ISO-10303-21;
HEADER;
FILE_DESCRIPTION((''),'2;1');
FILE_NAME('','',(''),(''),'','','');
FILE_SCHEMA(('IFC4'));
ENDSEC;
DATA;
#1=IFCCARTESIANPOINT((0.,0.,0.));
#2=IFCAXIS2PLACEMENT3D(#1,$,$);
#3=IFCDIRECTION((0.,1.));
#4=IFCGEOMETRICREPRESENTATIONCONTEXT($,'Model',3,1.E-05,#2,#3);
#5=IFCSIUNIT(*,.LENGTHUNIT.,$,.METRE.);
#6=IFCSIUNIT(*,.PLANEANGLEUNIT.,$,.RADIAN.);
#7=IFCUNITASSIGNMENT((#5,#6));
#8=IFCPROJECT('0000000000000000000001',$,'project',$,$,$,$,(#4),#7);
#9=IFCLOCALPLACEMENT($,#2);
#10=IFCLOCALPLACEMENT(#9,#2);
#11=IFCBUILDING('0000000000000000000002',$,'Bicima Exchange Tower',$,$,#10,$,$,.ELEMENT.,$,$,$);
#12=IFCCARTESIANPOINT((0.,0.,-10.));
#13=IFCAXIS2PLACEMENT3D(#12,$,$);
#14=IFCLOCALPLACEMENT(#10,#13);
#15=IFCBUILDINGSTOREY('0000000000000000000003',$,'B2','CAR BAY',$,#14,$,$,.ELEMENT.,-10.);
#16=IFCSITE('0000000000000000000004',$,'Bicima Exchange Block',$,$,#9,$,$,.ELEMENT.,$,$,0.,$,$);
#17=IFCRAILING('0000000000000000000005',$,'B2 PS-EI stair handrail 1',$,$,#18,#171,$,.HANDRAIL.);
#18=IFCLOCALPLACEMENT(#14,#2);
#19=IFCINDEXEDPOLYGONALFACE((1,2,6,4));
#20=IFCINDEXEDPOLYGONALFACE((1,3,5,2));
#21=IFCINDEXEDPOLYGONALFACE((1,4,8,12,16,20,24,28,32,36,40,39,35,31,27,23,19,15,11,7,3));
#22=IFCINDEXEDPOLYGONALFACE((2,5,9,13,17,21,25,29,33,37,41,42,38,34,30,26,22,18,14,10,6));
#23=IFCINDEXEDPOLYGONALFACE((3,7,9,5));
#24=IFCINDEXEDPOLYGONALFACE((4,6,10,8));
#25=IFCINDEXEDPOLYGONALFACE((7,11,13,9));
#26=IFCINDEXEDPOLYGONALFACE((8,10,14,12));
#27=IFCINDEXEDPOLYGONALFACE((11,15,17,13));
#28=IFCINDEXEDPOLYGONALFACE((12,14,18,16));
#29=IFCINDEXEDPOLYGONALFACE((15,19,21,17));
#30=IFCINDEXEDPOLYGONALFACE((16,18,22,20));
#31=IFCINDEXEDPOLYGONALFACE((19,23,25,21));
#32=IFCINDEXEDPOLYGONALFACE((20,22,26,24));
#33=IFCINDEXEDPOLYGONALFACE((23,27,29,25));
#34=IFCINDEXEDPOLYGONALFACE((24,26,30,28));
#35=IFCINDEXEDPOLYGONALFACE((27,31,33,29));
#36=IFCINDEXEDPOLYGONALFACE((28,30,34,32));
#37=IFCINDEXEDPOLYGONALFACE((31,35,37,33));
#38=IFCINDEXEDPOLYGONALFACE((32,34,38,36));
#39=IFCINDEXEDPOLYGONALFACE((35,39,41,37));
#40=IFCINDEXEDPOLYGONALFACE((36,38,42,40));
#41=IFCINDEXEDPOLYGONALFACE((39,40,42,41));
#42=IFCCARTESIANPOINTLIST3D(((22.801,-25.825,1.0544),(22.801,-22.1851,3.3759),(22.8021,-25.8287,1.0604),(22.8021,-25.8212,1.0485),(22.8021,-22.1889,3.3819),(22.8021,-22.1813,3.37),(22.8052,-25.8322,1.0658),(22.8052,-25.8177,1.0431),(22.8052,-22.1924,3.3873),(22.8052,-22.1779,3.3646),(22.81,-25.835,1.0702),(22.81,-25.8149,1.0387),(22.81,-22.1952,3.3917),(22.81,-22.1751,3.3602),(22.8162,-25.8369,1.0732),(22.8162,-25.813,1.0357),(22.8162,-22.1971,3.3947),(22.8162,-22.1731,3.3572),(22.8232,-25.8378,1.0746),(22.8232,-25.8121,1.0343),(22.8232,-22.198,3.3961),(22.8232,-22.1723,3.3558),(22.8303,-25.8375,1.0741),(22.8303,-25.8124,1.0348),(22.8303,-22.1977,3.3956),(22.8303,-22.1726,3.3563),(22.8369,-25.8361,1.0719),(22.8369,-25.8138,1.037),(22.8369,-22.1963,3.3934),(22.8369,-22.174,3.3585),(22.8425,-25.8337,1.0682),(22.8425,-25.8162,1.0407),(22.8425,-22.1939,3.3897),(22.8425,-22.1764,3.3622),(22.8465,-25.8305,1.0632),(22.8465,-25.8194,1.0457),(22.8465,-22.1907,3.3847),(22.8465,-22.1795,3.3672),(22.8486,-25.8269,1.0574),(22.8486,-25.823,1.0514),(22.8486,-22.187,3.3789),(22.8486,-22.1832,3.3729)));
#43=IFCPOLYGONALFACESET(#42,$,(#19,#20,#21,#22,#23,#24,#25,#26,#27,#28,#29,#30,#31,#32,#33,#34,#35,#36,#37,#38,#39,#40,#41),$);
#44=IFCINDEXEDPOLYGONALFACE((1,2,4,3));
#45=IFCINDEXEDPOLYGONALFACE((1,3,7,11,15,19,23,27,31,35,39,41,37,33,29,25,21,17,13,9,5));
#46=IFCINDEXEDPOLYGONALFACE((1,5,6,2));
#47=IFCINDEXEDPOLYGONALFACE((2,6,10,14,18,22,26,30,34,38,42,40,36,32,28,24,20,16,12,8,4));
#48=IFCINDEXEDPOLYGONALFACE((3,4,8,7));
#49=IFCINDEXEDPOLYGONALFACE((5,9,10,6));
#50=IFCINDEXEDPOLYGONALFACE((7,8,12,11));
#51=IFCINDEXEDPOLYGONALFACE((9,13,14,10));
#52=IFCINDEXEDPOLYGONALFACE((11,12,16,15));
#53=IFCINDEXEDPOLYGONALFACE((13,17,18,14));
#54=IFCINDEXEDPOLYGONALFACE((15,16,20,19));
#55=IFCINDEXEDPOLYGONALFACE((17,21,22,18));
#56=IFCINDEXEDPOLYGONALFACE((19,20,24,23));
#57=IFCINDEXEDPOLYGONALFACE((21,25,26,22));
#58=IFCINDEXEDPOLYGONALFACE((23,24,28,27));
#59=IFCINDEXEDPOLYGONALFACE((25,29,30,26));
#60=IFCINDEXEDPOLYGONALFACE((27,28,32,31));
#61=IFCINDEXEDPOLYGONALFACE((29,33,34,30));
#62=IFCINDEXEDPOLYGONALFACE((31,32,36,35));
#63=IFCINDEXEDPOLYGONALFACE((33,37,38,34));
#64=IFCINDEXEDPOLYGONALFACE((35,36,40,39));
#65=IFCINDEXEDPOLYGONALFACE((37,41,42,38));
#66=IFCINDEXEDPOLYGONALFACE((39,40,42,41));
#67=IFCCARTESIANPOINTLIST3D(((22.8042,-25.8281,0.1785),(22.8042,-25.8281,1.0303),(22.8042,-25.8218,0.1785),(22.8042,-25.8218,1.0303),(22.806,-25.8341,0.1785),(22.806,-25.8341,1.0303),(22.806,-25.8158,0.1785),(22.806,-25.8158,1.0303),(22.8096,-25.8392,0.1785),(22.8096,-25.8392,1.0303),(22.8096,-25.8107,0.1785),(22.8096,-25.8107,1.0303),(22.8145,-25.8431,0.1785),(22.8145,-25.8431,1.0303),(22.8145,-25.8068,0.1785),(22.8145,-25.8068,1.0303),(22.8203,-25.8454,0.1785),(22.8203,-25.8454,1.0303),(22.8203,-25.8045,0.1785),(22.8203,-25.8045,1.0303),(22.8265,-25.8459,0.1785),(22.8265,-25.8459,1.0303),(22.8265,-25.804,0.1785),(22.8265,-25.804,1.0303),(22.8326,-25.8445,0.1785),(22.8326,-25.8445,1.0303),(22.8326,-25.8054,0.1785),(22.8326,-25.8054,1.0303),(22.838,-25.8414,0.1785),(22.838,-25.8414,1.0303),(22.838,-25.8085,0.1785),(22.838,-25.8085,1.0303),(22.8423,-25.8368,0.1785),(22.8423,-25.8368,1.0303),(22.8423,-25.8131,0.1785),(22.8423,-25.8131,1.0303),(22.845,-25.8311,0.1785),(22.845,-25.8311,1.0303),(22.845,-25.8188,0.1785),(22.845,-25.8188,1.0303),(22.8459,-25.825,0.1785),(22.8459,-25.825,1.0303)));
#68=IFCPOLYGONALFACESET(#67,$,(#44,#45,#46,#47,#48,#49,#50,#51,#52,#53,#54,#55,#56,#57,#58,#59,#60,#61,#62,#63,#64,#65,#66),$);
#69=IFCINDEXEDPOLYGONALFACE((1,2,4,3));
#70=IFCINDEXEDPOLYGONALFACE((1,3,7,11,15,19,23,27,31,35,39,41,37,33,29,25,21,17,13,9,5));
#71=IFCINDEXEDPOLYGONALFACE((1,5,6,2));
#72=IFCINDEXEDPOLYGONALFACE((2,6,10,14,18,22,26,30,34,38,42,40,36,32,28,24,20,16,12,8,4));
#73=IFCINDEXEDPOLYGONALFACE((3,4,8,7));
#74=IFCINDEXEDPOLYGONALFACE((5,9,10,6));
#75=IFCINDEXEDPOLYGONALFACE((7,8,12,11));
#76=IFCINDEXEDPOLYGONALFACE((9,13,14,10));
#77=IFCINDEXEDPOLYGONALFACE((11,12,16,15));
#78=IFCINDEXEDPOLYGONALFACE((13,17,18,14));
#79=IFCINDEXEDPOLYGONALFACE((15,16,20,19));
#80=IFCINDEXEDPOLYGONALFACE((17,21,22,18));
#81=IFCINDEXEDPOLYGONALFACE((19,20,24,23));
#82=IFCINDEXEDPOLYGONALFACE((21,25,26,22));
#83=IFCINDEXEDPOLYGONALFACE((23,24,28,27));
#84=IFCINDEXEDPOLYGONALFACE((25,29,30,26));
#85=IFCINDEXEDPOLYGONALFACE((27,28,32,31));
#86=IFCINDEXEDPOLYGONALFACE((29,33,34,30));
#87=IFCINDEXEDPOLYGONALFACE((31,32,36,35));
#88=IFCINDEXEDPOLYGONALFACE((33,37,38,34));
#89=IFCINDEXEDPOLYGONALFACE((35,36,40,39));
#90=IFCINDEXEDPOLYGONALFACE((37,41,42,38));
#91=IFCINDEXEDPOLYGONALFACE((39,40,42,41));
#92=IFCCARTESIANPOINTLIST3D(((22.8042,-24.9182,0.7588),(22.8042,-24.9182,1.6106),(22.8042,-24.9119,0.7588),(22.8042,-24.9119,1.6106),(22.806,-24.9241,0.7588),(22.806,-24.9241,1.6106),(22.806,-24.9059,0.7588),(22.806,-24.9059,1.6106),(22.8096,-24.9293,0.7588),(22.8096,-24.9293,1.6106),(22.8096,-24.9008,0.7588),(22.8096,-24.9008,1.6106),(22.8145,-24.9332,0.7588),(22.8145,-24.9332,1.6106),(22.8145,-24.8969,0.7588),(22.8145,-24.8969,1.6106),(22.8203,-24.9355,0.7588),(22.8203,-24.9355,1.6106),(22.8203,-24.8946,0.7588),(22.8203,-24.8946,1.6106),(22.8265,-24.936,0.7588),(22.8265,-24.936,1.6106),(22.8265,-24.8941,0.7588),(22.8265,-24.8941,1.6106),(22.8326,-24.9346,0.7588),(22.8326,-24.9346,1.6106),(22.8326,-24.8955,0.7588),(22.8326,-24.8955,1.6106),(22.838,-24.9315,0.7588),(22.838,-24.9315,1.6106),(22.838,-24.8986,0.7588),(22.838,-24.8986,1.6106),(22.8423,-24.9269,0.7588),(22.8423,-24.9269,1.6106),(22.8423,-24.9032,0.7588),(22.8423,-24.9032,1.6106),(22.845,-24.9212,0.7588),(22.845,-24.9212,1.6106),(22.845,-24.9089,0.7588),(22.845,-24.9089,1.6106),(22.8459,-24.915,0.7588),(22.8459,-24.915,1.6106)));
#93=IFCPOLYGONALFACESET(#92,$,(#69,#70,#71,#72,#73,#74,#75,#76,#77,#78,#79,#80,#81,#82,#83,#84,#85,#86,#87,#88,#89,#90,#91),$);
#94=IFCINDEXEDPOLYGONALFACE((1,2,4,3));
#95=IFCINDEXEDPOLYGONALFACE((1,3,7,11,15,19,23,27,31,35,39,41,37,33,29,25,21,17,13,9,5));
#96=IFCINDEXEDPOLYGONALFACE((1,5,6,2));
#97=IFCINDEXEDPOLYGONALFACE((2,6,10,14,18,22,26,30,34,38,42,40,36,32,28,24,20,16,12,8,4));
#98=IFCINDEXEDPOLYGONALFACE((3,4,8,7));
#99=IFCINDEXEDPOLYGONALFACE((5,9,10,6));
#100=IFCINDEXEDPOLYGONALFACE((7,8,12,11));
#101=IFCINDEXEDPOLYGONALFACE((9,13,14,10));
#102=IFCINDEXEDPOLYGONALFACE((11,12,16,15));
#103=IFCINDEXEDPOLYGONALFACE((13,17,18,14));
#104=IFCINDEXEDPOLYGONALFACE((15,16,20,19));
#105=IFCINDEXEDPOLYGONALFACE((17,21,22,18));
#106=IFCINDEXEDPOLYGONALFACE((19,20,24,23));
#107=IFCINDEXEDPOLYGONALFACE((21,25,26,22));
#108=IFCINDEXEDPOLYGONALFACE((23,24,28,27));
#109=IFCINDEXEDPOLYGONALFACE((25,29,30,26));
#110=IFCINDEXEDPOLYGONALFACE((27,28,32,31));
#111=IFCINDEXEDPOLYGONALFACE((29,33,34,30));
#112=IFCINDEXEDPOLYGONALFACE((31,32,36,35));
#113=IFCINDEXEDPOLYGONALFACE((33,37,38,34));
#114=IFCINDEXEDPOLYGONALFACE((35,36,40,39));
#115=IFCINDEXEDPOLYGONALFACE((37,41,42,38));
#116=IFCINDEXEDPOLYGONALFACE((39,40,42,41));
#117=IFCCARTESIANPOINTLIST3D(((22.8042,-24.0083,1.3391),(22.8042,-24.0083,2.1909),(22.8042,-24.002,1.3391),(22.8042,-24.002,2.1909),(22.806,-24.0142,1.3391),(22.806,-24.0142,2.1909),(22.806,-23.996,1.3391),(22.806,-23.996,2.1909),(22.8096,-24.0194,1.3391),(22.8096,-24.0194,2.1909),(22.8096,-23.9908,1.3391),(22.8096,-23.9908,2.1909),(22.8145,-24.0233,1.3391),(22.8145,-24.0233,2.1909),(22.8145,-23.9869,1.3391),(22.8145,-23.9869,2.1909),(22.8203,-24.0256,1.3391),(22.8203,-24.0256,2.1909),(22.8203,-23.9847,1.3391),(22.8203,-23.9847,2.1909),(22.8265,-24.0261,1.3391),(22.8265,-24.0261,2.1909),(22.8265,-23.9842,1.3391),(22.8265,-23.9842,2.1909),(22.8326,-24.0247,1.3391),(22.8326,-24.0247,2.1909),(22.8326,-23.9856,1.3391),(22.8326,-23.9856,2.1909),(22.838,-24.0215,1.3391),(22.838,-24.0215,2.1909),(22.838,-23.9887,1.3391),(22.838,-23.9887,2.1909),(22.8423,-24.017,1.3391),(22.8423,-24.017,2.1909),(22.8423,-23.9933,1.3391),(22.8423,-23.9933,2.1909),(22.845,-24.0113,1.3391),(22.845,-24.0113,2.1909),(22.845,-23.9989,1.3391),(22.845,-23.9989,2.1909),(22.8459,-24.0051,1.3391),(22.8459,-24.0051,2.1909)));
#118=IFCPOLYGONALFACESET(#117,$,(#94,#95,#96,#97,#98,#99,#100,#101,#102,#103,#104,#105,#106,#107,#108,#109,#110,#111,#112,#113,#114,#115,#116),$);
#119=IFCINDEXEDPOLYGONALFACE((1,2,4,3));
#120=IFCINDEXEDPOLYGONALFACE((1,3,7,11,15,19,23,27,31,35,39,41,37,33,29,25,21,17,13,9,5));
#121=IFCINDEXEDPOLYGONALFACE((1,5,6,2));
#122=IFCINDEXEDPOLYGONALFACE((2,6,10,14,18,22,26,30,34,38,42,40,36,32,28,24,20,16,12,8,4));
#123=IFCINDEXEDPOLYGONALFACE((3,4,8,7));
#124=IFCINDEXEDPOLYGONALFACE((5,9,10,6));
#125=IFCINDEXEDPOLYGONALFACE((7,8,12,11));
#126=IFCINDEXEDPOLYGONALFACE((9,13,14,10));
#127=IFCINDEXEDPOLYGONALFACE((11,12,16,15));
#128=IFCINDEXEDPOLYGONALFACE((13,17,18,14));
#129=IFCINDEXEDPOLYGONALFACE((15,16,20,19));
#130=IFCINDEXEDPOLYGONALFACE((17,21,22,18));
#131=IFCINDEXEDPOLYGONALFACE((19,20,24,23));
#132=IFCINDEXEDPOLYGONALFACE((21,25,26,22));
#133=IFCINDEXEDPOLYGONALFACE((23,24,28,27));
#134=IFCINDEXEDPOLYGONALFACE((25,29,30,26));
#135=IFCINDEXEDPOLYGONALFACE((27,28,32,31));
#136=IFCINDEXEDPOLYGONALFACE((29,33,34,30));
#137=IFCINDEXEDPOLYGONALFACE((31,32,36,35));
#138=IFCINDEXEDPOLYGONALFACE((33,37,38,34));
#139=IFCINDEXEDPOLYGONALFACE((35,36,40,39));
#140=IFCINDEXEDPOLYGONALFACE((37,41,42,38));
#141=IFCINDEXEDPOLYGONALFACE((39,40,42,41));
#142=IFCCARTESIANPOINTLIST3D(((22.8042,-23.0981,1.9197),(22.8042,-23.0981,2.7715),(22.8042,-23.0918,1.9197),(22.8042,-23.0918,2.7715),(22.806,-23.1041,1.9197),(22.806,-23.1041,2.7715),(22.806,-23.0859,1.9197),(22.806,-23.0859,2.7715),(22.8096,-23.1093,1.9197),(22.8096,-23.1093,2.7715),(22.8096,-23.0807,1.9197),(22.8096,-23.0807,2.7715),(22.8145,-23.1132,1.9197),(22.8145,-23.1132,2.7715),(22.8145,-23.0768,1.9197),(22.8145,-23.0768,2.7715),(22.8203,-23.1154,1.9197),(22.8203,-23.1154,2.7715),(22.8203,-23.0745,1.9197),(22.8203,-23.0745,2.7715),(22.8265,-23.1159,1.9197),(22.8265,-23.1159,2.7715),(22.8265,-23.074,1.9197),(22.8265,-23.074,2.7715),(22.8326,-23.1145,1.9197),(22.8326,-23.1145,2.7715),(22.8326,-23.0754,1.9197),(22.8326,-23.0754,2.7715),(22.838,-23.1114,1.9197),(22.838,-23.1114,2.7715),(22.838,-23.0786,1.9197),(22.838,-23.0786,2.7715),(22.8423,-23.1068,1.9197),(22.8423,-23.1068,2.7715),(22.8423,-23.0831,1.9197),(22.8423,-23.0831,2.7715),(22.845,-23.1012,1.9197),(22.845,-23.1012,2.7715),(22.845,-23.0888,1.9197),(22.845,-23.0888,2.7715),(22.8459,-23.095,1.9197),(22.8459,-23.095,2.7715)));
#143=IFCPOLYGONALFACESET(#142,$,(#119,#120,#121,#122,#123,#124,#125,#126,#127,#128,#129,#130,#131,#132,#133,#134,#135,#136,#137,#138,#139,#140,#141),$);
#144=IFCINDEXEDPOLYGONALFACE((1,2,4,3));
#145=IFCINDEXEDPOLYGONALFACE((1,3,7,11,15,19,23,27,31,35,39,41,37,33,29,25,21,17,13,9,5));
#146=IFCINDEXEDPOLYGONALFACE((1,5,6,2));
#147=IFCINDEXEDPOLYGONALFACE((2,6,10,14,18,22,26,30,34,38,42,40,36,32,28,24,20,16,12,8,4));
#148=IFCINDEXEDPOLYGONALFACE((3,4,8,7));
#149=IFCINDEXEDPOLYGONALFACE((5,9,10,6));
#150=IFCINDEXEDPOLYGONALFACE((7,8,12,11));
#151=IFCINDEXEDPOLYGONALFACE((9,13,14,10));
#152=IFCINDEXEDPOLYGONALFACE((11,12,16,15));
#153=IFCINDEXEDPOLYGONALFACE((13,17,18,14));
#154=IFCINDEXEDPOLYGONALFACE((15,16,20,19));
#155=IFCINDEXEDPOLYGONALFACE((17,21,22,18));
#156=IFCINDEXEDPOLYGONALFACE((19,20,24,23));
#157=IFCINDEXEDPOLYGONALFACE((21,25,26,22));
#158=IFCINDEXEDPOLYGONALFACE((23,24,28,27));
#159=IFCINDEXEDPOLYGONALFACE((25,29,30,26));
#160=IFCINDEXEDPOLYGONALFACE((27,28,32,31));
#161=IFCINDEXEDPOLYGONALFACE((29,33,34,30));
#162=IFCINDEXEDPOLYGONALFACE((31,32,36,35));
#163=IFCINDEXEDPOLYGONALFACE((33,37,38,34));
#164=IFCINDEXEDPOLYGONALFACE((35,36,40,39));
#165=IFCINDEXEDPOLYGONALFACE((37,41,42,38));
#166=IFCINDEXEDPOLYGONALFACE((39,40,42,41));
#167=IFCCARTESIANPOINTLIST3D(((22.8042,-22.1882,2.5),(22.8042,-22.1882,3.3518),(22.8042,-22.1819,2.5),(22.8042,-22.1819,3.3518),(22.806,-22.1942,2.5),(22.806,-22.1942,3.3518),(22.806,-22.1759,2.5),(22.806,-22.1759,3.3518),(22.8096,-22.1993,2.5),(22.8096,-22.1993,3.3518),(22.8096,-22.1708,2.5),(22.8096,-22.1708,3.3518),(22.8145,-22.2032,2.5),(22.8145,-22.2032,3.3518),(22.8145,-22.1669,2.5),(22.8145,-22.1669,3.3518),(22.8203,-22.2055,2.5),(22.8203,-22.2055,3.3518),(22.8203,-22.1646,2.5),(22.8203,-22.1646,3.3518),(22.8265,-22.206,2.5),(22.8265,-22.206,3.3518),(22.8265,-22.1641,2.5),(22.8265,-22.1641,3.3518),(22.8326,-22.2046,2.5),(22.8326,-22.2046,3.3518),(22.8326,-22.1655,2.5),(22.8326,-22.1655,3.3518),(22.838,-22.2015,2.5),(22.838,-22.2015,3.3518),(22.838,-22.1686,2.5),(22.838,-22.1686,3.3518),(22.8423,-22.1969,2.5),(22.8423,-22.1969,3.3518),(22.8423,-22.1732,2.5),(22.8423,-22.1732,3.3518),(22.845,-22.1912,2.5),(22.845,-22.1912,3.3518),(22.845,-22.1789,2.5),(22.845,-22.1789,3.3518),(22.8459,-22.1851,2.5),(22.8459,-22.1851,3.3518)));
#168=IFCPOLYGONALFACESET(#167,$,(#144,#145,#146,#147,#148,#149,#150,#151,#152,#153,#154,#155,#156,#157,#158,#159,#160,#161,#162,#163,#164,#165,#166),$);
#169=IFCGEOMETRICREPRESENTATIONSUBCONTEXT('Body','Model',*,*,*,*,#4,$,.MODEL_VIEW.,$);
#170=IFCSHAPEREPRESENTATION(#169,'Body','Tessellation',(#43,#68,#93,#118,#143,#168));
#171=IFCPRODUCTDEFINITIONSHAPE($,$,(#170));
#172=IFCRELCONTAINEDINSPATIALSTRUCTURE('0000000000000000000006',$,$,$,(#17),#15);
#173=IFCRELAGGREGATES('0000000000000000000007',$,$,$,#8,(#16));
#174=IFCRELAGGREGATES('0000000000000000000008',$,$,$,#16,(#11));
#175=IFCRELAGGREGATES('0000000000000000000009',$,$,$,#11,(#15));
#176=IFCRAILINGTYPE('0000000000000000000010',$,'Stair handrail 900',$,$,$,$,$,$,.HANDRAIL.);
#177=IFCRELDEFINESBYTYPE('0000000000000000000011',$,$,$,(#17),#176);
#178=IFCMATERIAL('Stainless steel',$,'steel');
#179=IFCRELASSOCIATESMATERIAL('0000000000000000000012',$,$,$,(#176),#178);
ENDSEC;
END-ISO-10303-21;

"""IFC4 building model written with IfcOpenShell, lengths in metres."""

from ifc_helpers import new_model, si_unit, direction, frame, origin, origin_2d, place, context, subcontext, project, spatial, circle, extrude, material, type_object, element, save


model = new_model("IFC4")

# Units and contexts
model_context = context("Model", 3, precision=1e-05, world=origin(), true_north=direction((0.0, 1.0)))
body_context = subcontext(model_context, "Body", "Model", "MODEL_VIEW")
ifc_project = project(units=[si_unit("LENGTHUNIT", "METRE"), si_unit("PLANEANGLEUNIT", "RADIAN")], contexts=[model_context])

# Site, building, storey
site_placement = place(None, origin())
site = spatial("IfcSite", under=ifc_project, at=site_placement, Name="Bicima Exchange Block", CompositionType="ELEMENT", RefElevation=0.0)
building_placement = place(site_placement, origin())
building = spatial("IfcBuilding", under=site, at=building_placement, Name="Bicima Exchange Tower", CompositionType="ELEMENT")
storey_placement = place(building_placement, frame((0.0, 0.0, -10.0)))
storey = spatial("IfcBuildingStorey", under=building, at=storey_placement, Name="B2", Description="CAR BAY", CompositionType="ELEMENT", Elevation=-10.0)

# Railing
ifc_material_1 = material(Name="Stainless steel", Category="steel")
railing_type_1 = type_object("IfcRailingType", Name="Stair handrail 900", PredefinedType="HANDRAIL", material=ifc_material_1)
railing_1_placement = place(storey_placement, frame((22.825, -25.825, 0.1785)))
element("IfcRailing", 1, at=railing_1_placement, inside=storey, type_object=railing_type_1, Name="B2 PS-EI stair handrail 1", PredefinedType="HANDRAIL", context=body_context, shape_type="SweptSolid", body=[
    extrude(circle(Radius=0.0239, at=origin_2d()), frame((0.0, 0.0, 0.876), z_axis=(0.0, 0.843112, 0.537739), x_axis=(-1.0, 0.0, 0.0)), (0.0, 0.0, 1.0), 4.3171),
    extrude(circle(Radius=0.021, at=origin_2d()), origin(), (0.0, 0.0, 1.0), 0.8518),
    extrude(circle(Radius=0.021, at=origin_2d()), frame((0.0, 0.9099, 0.5803)), (0.0, 0.0, 1.0), 0.8518),
    extrude(circle(Radius=0.021, at=origin_2d()), frame((0.0, 1.8198, 1.1606)), (0.0, 0.0, 1.0), 0.8518),
    extrude(circle(Radius=0.021, at=origin_2d()), frame((0.0, 2.73, 1.7412)), (0.0, 0.0, 1.0), 0.8518),
    extrude(circle(Radius=0.021, at=origin_2d()), frame((0.0, 3.6399, 2.3215)), (0.0, 0.0, 1.0), 0.8518),
])

save(model, "model.ifc")
